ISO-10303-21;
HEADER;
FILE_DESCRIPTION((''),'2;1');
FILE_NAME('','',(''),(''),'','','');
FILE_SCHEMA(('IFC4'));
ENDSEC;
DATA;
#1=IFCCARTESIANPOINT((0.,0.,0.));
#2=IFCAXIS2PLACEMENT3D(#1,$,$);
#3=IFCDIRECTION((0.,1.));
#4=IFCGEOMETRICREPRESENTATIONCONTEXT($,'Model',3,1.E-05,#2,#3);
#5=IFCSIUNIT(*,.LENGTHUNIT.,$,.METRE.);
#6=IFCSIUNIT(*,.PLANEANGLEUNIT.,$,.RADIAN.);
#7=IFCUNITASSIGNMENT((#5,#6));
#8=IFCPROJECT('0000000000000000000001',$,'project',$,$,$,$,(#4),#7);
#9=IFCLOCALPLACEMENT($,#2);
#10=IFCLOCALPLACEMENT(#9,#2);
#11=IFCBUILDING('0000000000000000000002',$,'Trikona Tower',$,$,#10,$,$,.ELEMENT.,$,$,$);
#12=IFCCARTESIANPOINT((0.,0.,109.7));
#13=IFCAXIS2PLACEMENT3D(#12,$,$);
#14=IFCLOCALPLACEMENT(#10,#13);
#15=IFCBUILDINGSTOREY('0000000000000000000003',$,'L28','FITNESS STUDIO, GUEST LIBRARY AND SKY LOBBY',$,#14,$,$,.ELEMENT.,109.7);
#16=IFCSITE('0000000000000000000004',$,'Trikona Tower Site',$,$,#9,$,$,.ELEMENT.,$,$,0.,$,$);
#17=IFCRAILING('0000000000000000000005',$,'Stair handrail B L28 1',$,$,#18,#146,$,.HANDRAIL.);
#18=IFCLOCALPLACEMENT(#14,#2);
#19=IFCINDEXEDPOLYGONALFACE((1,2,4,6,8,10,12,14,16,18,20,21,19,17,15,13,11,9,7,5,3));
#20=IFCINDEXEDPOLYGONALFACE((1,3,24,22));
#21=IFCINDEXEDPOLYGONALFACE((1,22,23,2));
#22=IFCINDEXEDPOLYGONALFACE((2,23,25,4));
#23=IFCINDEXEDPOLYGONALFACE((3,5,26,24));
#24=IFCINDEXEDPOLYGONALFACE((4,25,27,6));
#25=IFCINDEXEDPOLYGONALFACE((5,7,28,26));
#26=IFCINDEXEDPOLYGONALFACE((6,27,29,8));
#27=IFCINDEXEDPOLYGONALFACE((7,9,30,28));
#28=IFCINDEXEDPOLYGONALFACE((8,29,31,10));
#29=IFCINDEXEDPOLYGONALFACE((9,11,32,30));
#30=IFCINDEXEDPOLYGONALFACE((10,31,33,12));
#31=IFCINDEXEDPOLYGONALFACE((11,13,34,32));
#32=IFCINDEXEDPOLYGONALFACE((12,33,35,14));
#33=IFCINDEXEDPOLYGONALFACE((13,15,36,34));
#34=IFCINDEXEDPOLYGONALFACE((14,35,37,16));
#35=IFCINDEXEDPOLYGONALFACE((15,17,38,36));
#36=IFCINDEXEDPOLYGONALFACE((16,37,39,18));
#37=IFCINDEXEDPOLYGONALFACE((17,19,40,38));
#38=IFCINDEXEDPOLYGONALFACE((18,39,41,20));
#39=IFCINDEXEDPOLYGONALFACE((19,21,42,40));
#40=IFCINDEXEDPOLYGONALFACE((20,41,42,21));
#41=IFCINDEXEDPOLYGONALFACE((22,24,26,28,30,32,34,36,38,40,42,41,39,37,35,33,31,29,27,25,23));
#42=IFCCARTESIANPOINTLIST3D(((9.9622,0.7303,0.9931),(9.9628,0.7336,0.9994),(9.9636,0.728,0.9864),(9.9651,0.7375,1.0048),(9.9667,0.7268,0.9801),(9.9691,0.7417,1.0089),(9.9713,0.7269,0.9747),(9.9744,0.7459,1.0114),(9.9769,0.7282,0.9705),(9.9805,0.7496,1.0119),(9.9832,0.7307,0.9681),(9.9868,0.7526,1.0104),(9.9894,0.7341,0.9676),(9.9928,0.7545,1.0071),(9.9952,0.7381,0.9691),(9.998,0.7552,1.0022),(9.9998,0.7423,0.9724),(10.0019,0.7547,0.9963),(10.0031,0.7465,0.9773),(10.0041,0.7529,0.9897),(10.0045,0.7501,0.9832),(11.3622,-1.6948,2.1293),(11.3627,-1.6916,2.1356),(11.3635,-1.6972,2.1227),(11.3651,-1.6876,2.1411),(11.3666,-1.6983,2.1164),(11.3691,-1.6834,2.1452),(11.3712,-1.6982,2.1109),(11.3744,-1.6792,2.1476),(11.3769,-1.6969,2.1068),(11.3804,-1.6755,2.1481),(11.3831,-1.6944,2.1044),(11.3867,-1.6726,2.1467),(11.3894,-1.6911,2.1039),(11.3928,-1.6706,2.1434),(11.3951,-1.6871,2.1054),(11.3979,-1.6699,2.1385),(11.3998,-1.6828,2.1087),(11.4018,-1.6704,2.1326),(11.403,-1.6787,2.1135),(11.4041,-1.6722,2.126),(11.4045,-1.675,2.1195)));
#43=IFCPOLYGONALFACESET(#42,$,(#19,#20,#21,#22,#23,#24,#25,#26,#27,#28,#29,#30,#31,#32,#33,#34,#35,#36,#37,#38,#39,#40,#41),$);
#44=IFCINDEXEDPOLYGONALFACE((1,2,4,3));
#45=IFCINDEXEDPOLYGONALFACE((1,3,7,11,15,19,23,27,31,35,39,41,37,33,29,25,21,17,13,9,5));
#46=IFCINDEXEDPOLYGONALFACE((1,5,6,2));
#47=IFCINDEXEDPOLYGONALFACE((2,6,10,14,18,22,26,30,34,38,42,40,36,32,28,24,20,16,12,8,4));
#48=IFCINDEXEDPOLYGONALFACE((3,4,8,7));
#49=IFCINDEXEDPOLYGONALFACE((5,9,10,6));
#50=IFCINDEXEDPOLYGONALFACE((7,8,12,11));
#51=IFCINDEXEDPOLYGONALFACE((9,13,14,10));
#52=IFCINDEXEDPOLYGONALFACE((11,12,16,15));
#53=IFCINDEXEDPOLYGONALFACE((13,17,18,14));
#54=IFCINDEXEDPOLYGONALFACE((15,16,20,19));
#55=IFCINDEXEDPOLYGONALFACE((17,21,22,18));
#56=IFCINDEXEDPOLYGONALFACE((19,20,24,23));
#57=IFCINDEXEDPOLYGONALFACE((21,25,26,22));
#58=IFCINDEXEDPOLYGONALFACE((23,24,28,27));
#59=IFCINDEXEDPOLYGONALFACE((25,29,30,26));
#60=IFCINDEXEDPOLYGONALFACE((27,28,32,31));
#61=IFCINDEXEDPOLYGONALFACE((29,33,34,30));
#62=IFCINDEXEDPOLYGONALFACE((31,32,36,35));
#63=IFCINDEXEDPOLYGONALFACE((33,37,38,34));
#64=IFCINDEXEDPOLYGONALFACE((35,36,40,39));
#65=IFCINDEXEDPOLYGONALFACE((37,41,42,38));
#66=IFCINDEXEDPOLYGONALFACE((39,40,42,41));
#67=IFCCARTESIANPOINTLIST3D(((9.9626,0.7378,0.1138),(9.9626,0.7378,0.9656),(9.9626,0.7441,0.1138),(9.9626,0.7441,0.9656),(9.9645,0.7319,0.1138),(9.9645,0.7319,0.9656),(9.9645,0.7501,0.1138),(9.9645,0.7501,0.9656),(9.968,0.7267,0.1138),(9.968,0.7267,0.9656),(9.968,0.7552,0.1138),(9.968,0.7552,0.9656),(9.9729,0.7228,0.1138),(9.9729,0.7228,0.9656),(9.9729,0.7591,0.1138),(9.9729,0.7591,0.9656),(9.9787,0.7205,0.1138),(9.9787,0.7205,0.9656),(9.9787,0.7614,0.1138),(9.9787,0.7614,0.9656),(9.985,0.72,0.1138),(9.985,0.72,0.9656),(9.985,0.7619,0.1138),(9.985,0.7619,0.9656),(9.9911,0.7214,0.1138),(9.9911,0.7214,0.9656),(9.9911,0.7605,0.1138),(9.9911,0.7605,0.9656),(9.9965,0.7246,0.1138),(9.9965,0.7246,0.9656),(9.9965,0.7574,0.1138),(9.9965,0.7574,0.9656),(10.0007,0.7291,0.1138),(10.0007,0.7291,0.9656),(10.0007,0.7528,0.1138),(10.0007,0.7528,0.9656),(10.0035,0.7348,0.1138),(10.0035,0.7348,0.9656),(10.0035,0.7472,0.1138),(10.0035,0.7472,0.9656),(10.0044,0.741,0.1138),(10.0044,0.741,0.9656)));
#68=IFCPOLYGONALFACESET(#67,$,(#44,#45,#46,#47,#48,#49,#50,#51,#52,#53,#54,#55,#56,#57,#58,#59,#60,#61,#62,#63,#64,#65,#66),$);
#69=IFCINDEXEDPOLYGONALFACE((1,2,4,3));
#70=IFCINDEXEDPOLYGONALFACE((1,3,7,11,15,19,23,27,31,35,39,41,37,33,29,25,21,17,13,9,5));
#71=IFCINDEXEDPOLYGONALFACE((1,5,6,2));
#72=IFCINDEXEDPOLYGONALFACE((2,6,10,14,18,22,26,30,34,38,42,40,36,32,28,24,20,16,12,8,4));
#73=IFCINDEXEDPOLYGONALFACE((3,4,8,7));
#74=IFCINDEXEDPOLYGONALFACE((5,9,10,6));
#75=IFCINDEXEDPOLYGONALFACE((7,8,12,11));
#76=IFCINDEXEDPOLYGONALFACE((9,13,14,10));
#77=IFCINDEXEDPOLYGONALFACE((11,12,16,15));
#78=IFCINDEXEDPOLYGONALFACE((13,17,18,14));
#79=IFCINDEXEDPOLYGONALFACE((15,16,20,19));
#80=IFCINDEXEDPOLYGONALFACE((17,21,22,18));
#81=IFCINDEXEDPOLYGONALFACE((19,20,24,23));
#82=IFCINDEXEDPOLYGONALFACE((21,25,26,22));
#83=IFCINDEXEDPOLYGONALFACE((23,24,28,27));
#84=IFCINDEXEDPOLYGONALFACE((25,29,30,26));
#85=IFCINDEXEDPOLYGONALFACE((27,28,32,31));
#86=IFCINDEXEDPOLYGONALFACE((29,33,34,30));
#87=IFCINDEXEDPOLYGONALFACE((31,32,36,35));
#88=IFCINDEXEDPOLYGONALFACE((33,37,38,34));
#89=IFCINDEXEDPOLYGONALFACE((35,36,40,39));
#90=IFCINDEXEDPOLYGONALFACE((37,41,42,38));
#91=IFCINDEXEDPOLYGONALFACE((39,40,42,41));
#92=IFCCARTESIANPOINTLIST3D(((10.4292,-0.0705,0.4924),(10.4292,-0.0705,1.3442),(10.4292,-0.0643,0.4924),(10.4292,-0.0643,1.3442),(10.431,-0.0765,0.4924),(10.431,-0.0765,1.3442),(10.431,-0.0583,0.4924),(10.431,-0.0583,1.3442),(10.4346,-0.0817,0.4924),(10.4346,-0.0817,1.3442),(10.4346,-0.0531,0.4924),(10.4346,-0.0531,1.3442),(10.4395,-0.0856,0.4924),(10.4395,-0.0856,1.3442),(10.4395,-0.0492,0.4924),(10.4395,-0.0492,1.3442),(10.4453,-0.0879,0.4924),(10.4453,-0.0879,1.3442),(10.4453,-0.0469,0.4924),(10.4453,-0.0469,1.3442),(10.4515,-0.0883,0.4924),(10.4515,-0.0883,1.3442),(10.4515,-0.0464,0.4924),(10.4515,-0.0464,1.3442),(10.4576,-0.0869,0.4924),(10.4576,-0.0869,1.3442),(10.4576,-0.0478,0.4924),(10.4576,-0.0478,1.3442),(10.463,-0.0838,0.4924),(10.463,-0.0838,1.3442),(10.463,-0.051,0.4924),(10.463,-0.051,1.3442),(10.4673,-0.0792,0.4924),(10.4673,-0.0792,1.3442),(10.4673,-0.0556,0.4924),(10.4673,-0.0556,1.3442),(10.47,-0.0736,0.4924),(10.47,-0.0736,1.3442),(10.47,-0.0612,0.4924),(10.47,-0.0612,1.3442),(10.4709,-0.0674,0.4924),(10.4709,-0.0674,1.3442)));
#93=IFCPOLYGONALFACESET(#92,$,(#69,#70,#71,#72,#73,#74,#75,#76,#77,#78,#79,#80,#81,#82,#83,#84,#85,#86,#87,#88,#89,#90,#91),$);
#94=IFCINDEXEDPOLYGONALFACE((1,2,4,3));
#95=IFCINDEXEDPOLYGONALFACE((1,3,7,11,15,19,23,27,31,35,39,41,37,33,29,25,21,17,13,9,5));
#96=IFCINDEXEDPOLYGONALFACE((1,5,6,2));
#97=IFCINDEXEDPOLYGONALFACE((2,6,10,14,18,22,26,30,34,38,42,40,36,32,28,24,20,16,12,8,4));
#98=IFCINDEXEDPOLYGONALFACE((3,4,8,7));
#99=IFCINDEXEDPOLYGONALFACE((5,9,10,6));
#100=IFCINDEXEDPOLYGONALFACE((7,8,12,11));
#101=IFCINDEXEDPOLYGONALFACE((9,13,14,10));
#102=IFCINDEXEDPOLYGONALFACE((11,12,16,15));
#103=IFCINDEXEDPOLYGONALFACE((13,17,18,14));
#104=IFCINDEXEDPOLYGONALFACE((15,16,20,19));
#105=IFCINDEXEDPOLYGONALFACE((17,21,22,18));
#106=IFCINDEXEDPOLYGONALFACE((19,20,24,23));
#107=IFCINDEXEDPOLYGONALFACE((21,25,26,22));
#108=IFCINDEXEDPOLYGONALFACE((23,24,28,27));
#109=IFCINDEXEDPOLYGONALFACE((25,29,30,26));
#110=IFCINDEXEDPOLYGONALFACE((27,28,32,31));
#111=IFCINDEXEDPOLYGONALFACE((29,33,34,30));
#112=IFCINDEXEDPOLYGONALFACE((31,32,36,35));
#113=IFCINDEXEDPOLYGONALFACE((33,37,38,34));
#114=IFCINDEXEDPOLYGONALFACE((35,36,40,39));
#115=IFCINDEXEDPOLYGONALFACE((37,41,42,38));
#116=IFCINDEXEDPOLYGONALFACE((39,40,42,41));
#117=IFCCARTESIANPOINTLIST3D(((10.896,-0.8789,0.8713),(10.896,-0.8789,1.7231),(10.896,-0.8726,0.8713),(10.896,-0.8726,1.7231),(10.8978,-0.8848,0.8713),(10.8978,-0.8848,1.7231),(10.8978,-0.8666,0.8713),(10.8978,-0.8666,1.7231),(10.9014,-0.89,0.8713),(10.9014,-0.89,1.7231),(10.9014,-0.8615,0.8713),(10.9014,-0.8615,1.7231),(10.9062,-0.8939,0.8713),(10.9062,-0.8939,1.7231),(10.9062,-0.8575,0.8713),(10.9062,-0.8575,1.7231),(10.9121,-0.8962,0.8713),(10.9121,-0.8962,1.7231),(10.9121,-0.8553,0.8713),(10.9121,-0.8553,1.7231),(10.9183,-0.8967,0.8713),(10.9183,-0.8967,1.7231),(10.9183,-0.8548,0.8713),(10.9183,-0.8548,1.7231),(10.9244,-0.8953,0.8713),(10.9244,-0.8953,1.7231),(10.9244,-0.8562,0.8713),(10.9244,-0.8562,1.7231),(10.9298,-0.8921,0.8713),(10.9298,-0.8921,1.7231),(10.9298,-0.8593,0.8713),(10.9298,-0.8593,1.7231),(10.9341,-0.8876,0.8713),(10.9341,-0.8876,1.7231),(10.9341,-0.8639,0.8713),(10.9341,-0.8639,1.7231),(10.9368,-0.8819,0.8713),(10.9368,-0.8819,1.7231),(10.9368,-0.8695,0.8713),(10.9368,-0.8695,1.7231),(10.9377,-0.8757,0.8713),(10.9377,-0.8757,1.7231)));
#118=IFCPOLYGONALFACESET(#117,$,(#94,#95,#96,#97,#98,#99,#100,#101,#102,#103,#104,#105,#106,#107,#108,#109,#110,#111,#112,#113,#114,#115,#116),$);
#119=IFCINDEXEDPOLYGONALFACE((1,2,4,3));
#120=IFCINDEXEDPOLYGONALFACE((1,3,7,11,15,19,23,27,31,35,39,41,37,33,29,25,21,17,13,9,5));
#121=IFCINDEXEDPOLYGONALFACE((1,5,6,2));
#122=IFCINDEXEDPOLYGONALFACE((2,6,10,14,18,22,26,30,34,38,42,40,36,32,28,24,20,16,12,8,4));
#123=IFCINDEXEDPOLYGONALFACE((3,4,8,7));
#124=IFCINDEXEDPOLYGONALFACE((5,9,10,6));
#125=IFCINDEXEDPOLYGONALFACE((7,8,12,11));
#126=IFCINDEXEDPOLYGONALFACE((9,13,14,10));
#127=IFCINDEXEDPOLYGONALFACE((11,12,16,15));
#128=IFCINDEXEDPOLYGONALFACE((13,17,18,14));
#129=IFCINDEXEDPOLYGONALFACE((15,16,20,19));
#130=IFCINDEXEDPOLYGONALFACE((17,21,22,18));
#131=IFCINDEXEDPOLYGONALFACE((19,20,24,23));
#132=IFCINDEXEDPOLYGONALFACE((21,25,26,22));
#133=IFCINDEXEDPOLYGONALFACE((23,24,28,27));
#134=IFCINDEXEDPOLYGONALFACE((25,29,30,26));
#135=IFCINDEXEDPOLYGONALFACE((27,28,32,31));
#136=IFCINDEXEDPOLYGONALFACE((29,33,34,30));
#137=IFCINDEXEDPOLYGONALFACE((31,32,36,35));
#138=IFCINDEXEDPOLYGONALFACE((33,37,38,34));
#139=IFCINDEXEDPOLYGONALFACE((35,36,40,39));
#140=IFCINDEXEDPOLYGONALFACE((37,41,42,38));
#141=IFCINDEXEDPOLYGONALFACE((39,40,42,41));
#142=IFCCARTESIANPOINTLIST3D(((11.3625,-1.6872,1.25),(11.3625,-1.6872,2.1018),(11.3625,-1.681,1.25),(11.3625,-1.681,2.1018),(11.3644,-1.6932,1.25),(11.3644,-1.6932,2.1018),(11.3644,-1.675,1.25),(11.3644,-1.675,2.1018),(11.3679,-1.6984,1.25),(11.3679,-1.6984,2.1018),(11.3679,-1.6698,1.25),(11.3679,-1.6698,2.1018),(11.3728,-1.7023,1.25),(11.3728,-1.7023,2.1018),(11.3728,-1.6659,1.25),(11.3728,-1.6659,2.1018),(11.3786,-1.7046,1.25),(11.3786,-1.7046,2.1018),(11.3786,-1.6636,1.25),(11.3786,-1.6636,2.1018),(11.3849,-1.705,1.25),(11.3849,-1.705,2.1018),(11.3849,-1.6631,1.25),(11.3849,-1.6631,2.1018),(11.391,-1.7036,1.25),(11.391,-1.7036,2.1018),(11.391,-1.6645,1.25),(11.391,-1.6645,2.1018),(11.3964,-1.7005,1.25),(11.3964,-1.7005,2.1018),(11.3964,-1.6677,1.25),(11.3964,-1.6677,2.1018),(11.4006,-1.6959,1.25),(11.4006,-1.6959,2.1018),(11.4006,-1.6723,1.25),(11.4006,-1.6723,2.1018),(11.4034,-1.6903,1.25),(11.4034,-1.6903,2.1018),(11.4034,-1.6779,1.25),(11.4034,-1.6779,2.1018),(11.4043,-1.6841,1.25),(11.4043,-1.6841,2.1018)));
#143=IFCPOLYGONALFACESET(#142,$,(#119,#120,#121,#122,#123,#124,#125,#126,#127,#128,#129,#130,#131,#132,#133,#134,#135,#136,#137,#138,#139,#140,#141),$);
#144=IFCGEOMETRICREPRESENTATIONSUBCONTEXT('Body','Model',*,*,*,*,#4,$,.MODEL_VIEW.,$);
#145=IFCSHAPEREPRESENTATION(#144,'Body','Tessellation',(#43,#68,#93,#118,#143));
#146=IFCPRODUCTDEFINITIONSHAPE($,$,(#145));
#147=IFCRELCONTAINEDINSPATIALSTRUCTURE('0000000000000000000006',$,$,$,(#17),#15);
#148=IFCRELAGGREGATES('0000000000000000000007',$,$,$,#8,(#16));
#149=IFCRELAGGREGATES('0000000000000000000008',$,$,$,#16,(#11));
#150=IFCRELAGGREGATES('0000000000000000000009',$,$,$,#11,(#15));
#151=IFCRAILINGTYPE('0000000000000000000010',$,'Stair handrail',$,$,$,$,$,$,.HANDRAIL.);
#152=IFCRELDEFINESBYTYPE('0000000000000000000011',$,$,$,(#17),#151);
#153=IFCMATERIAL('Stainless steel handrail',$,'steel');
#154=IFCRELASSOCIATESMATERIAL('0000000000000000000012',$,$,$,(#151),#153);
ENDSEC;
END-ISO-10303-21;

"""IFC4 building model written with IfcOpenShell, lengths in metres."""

from ifc_helpers import new_model, si_unit, direction, frame, origin, origin_2d, place, context, subcontext, project, spatial, circle, extrude, material, type_object, element, save


model = new_model("IFC4")

# Units and contexts
model_context = context("Model", 3, precision=1e-05, world=origin(), true_north=direction((0.0, 1.0)))
body_context = subcontext(model_context, "Body", "Model", "MODEL_VIEW")
ifc_project = project(units=[si_unit("LENGTHUNIT", "METRE"), si_unit("PLANEANGLEUNIT", "RADIAN")], contexts=[model_context])

# Site, building, storey
site_placement = place(None, origin())
site = spatial("IfcSite", under=ifc_project, at=site_placement, Name="Trikona Tower Site", CompositionType="ELEMENT", RefElevation=0.0)
building_placement = place(site_placement, origin())
building = spatial("IfcBuilding", under=site, at=building_placement, Name="Trikona Tower", CompositionType="ELEMENT")
storey_placement = place(building_placement, frame((0.0, 0.0, 109.7)))
storey = spatial("IfcBuildingStorey", under=building, at=storey_placement, Name="L28", Description="FITNESS STUDIO, GUEST LIBRARY AND SKY LOBBY", CompositionType="ELEMENT", Elevation=109.7)

# Railing
ifc_material_1 = material(Name="Stainless steel handrail", Category="steel")
railing_type = type_object("IfcRailingType", Name="Stair handrail", PredefinedType="HANDRAIL", material=ifc_material_1)
for number, where, name in (
    (1, (9.9834, 0.741, 0.1138), "Stair handrail B L28 1"),
):
    element("IfcRailing", number, at=place(storey_placement, frame(where)), inside=storey, type_object=railing_type, Name=name, PredefinedType="HANDRAIL", context=body_context, shape_type="SweptSolid", body=[
        extrude(circle(Radius=0.0239, at=origin_2d()), frame((0.0, 0.0, 0.876), z_axis=(0.463259, -0.802503, 0.376004), x_axis=(0.866056, 0.499946, 0.0)), (0.0, 0.0, 1.0), 3.022),
        extrude(circle(Radius=0.021, at=origin_2d()), origin(), (0.0, 0.0, 1.0), 0.8518),
        extrude(circle(Radius=0.021, at=origin_2d()), frame((0.4666, -0.8083, 0.3787)), (0.0, 0.0, 1.0), 0.8518),
        extrude(circle(Radius=0.021, at=origin_2d()), frame((0.9333, -1.6167, 0.7576)), (0.0, 0.0, 1.0), 0.8518),
        extrude(circle(Radius=0.021, at=origin_2d()), frame((1.3999, -2.425, 1.1362)), (0.0, 0.0, 1.0), 0.8518),
    ])

save(model, "model.ifc")
